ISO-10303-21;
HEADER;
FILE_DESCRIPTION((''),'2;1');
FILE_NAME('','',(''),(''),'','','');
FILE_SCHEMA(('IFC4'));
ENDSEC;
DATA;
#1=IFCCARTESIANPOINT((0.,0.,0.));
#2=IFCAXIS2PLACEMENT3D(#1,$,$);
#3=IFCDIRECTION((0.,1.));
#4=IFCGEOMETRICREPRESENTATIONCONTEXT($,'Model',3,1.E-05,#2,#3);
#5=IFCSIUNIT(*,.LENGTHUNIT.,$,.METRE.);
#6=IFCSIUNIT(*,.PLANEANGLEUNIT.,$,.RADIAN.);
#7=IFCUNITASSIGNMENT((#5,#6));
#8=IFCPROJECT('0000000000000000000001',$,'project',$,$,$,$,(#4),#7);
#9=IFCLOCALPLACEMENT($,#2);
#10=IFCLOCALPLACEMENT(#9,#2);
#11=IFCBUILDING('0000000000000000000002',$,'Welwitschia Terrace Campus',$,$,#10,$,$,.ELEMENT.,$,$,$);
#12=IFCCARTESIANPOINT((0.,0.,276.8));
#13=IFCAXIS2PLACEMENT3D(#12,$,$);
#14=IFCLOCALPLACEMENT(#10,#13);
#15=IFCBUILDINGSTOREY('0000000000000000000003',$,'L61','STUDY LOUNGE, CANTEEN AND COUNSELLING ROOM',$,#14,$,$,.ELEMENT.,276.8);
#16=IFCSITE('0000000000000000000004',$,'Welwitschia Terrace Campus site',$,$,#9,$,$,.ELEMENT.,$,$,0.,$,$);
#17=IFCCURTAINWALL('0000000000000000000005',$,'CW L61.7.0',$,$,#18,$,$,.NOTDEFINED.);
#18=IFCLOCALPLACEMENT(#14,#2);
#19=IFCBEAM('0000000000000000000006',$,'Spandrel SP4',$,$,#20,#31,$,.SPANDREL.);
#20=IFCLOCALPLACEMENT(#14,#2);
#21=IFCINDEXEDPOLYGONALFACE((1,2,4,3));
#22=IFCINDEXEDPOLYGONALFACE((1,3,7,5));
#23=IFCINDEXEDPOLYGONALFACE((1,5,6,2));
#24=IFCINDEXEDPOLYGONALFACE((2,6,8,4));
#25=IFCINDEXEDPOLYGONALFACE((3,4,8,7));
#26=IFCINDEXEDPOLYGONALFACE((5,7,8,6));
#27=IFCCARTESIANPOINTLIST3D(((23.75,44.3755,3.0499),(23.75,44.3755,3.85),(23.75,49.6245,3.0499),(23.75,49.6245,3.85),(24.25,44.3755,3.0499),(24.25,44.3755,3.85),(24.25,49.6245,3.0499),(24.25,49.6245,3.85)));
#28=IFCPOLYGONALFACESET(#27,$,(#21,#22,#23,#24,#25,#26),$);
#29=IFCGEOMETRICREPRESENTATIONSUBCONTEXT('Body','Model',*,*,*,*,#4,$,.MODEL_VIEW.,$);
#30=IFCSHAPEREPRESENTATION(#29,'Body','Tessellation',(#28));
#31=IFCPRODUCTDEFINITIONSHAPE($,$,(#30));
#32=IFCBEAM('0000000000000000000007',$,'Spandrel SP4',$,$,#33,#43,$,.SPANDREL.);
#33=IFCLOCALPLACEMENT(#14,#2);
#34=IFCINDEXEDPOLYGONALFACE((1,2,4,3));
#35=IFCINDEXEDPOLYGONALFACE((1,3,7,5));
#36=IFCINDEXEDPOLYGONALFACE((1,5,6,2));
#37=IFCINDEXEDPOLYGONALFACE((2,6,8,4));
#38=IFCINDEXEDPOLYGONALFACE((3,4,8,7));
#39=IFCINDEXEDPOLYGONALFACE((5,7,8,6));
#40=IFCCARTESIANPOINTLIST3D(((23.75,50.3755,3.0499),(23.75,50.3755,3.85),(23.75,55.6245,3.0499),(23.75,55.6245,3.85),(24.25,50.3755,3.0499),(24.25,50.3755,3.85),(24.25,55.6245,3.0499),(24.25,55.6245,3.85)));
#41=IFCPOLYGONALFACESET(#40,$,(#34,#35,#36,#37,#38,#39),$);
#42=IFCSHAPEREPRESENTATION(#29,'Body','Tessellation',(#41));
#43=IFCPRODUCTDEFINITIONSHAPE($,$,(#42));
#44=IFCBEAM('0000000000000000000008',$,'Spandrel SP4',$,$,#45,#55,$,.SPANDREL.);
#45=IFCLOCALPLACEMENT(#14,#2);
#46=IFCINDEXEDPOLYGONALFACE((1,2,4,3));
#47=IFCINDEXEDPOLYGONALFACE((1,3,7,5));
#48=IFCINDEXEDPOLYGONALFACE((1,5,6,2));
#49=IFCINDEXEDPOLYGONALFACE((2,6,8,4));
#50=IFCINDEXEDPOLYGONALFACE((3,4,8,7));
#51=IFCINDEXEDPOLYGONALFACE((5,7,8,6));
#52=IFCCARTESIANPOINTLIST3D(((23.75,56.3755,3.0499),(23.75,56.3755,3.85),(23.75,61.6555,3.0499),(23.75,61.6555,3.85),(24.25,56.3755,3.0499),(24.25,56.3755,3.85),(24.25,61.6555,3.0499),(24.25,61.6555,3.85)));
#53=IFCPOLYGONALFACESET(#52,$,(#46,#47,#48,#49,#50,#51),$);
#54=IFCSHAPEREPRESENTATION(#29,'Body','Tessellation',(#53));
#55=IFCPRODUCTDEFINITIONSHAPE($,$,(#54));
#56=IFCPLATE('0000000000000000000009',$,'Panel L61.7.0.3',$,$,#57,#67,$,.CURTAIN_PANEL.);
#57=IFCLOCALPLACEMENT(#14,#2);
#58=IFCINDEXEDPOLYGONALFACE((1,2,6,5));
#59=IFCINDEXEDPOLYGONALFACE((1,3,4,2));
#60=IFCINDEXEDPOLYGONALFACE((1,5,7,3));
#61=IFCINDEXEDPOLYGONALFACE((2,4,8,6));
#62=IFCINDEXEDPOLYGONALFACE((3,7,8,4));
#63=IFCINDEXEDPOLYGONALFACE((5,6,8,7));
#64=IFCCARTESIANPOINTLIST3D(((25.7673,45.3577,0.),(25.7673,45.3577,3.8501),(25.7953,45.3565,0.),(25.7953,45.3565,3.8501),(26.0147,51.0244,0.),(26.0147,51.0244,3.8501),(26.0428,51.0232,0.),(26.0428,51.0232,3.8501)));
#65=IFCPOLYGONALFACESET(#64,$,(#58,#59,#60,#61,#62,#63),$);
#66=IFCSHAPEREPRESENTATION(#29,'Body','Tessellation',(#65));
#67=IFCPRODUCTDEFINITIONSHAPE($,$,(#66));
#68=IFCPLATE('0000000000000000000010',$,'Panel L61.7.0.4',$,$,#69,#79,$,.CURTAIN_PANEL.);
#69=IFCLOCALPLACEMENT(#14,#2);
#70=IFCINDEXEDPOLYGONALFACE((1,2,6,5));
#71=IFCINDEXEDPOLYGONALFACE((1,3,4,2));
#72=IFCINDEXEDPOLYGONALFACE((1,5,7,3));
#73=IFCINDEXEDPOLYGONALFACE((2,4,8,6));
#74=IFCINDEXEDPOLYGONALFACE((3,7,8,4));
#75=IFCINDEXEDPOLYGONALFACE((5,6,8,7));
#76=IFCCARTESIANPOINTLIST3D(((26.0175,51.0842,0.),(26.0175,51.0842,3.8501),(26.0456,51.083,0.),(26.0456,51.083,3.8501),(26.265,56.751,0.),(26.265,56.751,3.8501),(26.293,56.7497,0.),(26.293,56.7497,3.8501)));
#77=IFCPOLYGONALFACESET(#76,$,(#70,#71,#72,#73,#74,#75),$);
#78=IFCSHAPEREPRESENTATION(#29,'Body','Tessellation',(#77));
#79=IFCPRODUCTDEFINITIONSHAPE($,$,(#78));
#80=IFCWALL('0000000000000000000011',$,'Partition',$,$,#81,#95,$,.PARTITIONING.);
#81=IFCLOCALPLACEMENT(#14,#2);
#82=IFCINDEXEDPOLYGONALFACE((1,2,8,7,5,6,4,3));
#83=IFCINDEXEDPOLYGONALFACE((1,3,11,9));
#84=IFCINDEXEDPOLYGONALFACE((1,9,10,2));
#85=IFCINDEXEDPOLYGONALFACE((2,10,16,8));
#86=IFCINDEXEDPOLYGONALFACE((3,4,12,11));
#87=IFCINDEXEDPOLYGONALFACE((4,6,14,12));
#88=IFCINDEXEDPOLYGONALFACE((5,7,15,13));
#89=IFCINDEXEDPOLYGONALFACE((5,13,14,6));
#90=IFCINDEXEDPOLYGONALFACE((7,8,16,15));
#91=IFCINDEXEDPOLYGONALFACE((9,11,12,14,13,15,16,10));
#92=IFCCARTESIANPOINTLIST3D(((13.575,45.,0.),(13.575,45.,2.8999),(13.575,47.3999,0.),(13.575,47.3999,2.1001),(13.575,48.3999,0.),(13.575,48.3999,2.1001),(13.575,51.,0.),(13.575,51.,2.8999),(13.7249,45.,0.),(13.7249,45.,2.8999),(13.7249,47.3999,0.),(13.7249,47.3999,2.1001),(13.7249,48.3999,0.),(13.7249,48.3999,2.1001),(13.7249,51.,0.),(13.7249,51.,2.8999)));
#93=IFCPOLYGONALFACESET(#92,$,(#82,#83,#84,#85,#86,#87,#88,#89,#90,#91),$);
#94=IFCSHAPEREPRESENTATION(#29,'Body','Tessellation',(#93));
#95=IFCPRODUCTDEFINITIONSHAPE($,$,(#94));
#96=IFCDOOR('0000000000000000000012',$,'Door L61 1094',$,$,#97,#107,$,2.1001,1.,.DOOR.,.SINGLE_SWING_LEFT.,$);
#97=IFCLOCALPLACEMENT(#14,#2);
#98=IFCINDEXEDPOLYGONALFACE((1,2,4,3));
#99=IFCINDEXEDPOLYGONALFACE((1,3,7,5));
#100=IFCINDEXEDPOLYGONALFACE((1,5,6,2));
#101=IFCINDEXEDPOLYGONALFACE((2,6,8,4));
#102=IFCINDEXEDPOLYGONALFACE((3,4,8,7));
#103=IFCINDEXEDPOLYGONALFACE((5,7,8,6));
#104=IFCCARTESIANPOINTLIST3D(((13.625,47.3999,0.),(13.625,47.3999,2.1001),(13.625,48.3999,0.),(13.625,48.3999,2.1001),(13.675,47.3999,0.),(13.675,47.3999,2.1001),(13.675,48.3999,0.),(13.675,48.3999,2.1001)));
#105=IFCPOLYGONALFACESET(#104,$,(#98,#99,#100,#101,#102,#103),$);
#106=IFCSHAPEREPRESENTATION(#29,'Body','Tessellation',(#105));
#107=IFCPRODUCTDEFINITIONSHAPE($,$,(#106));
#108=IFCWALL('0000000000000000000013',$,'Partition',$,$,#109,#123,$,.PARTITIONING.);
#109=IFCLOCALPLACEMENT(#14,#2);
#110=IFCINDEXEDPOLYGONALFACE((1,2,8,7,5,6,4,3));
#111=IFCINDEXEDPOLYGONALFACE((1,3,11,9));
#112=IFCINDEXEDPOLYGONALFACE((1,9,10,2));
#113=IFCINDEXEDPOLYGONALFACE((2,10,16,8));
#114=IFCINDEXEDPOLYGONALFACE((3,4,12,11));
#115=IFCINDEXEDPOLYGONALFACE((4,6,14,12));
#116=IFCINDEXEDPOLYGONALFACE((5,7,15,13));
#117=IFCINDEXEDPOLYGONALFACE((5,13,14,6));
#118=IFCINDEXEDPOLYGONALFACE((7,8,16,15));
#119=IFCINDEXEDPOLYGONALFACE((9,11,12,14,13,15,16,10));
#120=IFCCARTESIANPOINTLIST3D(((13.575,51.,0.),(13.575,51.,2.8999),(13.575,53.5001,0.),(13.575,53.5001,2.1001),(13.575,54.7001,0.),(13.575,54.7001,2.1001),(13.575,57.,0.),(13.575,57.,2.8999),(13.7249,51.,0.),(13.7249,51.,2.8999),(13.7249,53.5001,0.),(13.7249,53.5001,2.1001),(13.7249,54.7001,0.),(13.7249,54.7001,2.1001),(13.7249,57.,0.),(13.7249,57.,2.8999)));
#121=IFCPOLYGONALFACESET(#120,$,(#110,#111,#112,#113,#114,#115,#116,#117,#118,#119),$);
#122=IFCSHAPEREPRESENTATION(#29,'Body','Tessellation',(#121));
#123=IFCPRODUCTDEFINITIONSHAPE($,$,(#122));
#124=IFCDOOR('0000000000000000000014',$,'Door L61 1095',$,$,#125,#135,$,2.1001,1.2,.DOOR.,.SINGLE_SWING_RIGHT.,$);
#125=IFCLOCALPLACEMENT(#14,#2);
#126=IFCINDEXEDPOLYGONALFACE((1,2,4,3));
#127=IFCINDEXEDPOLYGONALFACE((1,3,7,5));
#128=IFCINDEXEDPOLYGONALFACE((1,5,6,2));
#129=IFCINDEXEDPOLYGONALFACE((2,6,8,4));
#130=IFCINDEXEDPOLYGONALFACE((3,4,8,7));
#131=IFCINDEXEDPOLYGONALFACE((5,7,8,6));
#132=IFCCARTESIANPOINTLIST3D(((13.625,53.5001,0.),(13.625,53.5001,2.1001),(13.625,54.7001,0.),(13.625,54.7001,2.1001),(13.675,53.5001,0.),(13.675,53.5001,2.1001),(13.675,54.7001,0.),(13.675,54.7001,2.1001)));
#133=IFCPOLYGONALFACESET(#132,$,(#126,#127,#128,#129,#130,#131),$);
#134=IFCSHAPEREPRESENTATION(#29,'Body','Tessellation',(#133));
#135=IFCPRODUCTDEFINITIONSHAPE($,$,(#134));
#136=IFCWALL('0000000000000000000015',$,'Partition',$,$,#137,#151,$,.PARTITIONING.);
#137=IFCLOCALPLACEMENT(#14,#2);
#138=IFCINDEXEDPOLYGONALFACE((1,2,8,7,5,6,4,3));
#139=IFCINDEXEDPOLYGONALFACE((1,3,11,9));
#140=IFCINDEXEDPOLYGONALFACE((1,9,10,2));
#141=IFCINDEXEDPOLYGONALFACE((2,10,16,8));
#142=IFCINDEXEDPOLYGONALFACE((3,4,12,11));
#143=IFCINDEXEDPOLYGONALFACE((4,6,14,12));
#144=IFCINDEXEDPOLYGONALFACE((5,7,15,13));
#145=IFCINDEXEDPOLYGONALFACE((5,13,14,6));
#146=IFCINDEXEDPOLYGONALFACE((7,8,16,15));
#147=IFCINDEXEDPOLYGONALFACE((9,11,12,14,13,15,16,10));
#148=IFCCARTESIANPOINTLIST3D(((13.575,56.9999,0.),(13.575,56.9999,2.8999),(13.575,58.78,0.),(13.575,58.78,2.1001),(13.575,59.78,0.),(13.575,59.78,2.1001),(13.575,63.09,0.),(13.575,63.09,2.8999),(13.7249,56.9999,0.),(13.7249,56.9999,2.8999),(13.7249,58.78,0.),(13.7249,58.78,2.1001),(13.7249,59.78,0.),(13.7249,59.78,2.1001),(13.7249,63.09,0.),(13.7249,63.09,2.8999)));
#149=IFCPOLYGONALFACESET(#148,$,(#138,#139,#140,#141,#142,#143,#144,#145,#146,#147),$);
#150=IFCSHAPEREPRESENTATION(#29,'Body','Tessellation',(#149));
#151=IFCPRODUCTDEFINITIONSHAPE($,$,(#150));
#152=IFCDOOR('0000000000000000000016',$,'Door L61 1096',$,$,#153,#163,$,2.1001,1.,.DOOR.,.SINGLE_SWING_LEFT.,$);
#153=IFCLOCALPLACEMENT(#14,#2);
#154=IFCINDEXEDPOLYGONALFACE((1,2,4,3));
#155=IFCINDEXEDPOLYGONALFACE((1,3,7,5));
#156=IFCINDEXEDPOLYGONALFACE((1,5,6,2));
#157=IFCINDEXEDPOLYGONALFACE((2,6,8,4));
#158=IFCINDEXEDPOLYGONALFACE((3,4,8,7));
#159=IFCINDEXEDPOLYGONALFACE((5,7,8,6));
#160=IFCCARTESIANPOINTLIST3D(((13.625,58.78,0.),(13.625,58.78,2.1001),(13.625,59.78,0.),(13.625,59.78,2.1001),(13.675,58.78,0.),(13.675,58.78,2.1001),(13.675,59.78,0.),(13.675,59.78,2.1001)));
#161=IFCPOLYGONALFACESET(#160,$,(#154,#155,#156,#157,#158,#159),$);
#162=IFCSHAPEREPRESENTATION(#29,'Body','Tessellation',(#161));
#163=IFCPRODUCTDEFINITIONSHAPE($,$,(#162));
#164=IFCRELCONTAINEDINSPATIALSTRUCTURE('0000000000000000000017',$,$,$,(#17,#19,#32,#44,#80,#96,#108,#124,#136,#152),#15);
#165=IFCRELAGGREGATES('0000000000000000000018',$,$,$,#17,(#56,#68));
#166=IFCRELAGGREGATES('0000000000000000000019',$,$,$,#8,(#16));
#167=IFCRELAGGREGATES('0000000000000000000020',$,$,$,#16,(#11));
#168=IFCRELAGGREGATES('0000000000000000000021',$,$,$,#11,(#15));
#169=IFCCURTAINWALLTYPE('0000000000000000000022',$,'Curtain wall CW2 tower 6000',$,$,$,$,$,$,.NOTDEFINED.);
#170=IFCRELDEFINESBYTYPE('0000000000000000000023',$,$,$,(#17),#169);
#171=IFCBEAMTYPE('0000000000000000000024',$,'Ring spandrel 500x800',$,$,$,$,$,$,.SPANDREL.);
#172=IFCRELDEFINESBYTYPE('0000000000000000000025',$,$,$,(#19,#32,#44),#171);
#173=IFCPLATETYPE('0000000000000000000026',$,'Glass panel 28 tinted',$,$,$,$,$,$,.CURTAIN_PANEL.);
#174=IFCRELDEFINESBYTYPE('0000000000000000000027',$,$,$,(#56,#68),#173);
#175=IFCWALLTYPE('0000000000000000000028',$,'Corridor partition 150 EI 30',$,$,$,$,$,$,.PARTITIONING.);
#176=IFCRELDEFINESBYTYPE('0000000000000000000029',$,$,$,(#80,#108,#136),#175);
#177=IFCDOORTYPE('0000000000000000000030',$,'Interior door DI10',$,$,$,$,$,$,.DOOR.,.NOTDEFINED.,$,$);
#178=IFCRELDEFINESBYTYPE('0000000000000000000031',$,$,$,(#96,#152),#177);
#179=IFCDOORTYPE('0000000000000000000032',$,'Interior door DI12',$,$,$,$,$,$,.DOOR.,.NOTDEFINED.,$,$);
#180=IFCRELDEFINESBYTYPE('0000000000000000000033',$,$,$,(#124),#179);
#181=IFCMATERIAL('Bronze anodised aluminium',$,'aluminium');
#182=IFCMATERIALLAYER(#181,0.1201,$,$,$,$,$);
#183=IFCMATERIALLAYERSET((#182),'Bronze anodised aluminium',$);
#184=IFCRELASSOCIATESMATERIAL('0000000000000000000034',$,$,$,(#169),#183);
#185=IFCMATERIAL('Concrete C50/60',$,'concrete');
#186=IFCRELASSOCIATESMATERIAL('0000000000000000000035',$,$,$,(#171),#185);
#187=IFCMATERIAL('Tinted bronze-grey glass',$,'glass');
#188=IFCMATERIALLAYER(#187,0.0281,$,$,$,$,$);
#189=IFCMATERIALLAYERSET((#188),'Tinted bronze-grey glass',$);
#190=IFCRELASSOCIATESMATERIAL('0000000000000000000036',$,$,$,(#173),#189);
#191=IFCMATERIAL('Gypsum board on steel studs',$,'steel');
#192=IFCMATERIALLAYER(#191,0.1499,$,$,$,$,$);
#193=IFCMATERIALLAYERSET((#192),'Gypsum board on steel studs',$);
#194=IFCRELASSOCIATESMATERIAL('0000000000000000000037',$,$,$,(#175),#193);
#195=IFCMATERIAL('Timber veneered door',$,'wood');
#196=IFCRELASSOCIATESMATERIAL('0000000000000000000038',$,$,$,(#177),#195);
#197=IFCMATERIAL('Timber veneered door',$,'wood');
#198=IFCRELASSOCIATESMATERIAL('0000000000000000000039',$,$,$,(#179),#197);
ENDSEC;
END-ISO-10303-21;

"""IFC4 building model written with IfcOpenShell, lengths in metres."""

from ifc_helpers import new_model, si_unit, direction, frame, frame_2d, origin, origin_2d, place, context, subcontext, project, spatial, rectangle, extrude, material, layer, layer_set, material_profile, profile_set, type_object, element, fill, aggregate, save


model = new_model("IFC4")

# Units and contexts
model_context = context("Model", 3, precision=1e-05, world=origin(), true_north=direction((0.0, 1.0)))
body_context = subcontext(model_context, "Body", "Model", "MODEL_VIEW")
ifc_project = project(units=[si_unit("LENGTHUNIT", "METRE"), si_unit("PLANEANGLEUNIT", "RADIAN")], contexts=[model_context])

# Site, building, storey
site_placement = place(None, origin())
site = spatial("IfcSite", under=ifc_project, at=site_placement, Name="Welwitschia Terrace Campus site", CompositionType="ELEMENT", RefElevation=0.0)
building_placement = place(site_placement, origin())
building = spatial("IfcBuilding", under=site, at=building_placement, Name="Welwitschia Terrace Campus", CompositionType="ELEMENT")
storey_placement = place(building_placement, frame((0.0, 0.0, 276.8)))
storey = spatial("IfcBuildingStorey", under=building, at=storey_placement, Name="L61", Description="STUDY LOUNGE, CANTEEN AND COUNSELLING ROOM", CompositionType="ELEMENT", Elevation=276.8)

# Curtain wall
ifc_material_1 = material(Name="Bronze anodised aluminium", Category="aluminium")
ifc_layer_1 = layer(ifc_material_1, 0.1201)
ifc_layer_set_1 = layer_set([ifc_layer_1], Name="Bronze anodised aluminium")
curtain_wall_type = type_object("IfcCurtainWallType", Name="Curtain wall CW2 tower 6000", PredefinedType="NOTDEFINED", material=ifc_layer_set_1)
curtain_wall_placement = place(storey_placement, origin())
curtain_wall = element("IfcCurtainWall", 1, at=curtain_wall_placement, inside=storey, type_object=curtain_wall_type, Name="CW L61.7.0", PredefinedType="NOTDEFINED")

# Beams
ifc_material_2 = material(Name="Concrete C50/60", Category="concrete")
ifc_material_profile_1 = material_profile(ifc_material_2, rectangle(XDim=0.5, YDim=0.8, at=origin_2d()))
ifc_profile_set_1 = profile_set([ifc_material_profile_1], Name="Concrete C50/60")
beam_type_1 = type_object("IfcBeamType", Name="Ring spandrel 500x800", PredefinedType="SPANDREL", material=ifc_profile_set_1)
for number, where, z_axis, x_axis, name in (
    (2, (24.0, 44.3755, 3.45), (0.0, 1.0, 0.0), (-1.0, 0.0, 0.0), "Spandrel SP4"),
    (3, (24.0, 50.3755, 3.45), (0.0, 1.0, 0.0), (-1.0, 0.0, 0.0), "Spandrel SP4"),
):
    element("IfcBeam", number, at=place(storey_placement, frame(where, z_axis=z_axis, x_axis=x_axis)), inside=storey, type_object=beam_type_1, Name=name, PredefinedType="SPANDREL", context=body_context, shape_type="SweptSolid", body=[
        extrude(rectangle(XDim=0.5, YDim=0.8, at=origin_2d()), origin(), (0.0, 0.0, 1.0), 5.249),
    ])
beam_1_placement = place(storey_placement, frame((24.0, 56.3755, 3.45), z_axis=(0.0, 1.0, 0.0), x_axis=(-1.0, 0.0, 0.0)))
element("IfcBeam", 4, at=beam_1_placement, inside=storey, type_object=beam_type_1, Name="Spandrel SP4", PredefinedType="SPANDREL", context=body_context, shape_type="SweptSolid", body=[
    extrude(rectangle(XDim=0.5, YDim=0.8, at=origin_2d()), origin(), (0.0, 0.0, 1.0), 5.28),
])

# Plates
ifc_material_3 = material(Name="Tinted bronze-grey glass", Category="glass")
ifc_layer_2 = layer(ifc_material_3, 0.0281)
ifc_layer_set_2 = layer_set([ifc_layer_2], Name="Tinted bronze-grey glass")
plate_type = type_object("IfcPlateType", Name="Glass panel 28 tinted", PredefinedType="CURTAIN_PANEL", material=ifc_layer_set_2)
plate_1_placement = place(storey_placement, frame((25.905, 48.1904, 0.0), z_axis=(0.0, 0.0, 1.0), x_axis=(0.043619, 0.999048, 0.0)))
plate_1 = element("IfcPlate", 5, at=plate_1_placement, type_object=plate_type, Name="Panel L61.7.0.3", PredefinedType="CURTAIN_PANEL", context=body_context, shape_type="SweptSolid", body=[
    extrude(rectangle(XDim=5.6721, YDim=0.0281, at=origin_2d()), origin(), (0.0, 0.0, 1.0), 3.8501),
])
plate_2_placement = place(storey_placement, frame((26.1553, 53.917, 0.0), z_axis=(0.0, 0.0, 1.0), x_axis=(0.043619, 0.999048, 0.0)))
plate_2 = element("IfcPlate", 6, at=plate_2_placement, type_object=plate_type, Name="Panel L61.7.0.4", PredefinedType="CURTAIN_PANEL", context=body_context, shape_type="SweptSolid", body=[
    extrude(rectangle(XDim=5.6721, YDim=0.0281, at=origin_2d()), origin(), (0.0, 0.0, 1.0), 3.8501),
])
aggregate(curtain_wall, [plate_1, plate_2])

# Walls, openings, doors
ifc_material_4 = material(Name="Gypsum board on steel studs", Category="steel")
ifc_layer_3 = layer(ifc_material_4, 0.1499)
ifc_layer_set_3 = layer_set([ifc_layer_3], Name="Gypsum board on steel studs")
wall_type = type_object("IfcWallType", Name="Corridor partition 150 EI 30", PredefinedType="PARTITIONING", material=ifc_layer_set_3)
wall_1_placement = place(storey_placement, frame((13.6499, 45.0, 0.0), z_axis=(0.0, 0.0, 1.0), x_axis=(0.0, 1.0, 0.0)))
wall_1 = element("IfcWall", 7, at=wall_1_placement, inside=storey, type_object=wall_type, Name="Partition", PredefinedType="PARTITIONING", context=body_context, shape_type="SweptSolid", body=[
    extrude(rectangle(XDim=6.0, YDim=0.1499, at=frame_2d((3.0, 0.0))), origin(), (0.0, 0.0, 1.0), 2.8999),
])
opening_1_placement = place(wall_1_placement, frame((2.3999, 0.0, 0.0)))
opening_1 = element("IfcOpeningElement", 8, at=opening_1_placement, cuts=wall_1, PredefinedType="OPENING", context=body_context, shape_type="SweptSolid", body=[
    extrude(rectangle(XDim=1.0, YDim=2.1001, at=frame_2d((0.5, 1.05))), frame((0.0, 0.085, 0.0), z_axis=(0.0, -1.0, 0.0), x_axis=(1.0, 0.0, 0.0)), (0.0, 0.0, 1.0), 0.1699),
])
ifc_material_5 = material(Name="Timber veneered door", Category="wood")
door_type_1 = type_object("IfcDoorType", Name="Interior door DI10", OperationType="NOTDEFINED", PredefinedType="DOOR", material=ifc_material_5)
door_1_placement = place(opening_1_placement, origin())
door_1 = element("IfcDoor", 9, at=door_1_placement, inside=storey, type_object=door_type_1, Name="Door L61 1094", OperationType="SINGLE_SWING_LEFT", OverallHeight=2.1001, OverallWidth=1.0, PredefinedType="DOOR", context=body_context, shape_type="SweptSolid", body=[
    extrude(rectangle(XDim=1.0, YDim=2.1001, at=frame_2d((0.5, 1.05))), frame((0.0, 0.0249, 0.0), z_axis=(0.0, -1.0, 0.0), x_axis=(1.0, 0.0, 0.0)), (0.0, 0.0, 1.0), 0.05),
])
fill(opening_1, door_1)
wall_2_placement = place(storey_placement, frame((13.6499, 51.0, 0.0), z_axis=(0.0, 0.0, 1.0), x_axis=(0.0, 1.0, 0.0)))
wall_2 = element("IfcWall", 10, at=wall_2_placement, inside=storey, type_object=wall_type, Name="Partition", PredefinedType="PARTITIONING", context=body_context, shape_type="SweptSolid", body=[
    extrude(rectangle(XDim=6.0, YDim=0.1499, at=frame_2d((3.0, 0.0))), origin(), (0.0, 0.0, 1.0), 2.8999),
])
opening_2_placement = place(wall_2_placement, frame((2.5, 0.0, 0.0)))
opening_2 = element("IfcOpeningElement", 11, at=opening_2_placement, cuts=wall_2, PredefinedType="OPENING", context=body_context, shape_type="SweptSolid", body=[
    extrude(rectangle(XDim=1.2, YDim=2.1001, at=frame_2d((0.6001, 1.05))), frame((0.0, 0.085, 0.0), z_axis=(0.0, -1.0, 0.0), x_axis=(1.0, 0.0, 0.0)), (0.0, 0.0, 1.0), 0.1699),
])
ifc_material_6 = material(Name="Timber veneered door", Category="wood")
door_type_2 = type_object("IfcDoorType", Name="Interior door DI12", OperationType="NOTDEFINED", PredefinedType="DOOR", material=ifc_material_6)
door_2_placement = place(opening_2_placement, origin())
door_2 = element("IfcDoor", 12, at=door_2_placement, inside=storey, type_object=door_type_2, Name="Door L61 1095", OperationType="SINGLE_SWING_RIGHT", OverallHeight=2.1001, OverallWidth=1.2, PredefinedType="DOOR", context=body_context, shape_type="SweptSolid", body=[
    extrude(rectangle(XDim=1.2, YDim=2.1001, at=frame_2d((0.6001, 1.05))), frame((0.0, 0.0249, 0.0), z_axis=(0.0, -1.0, 0.0), x_axis=(1.0, 0.0, 0.0)), (0.0, 0.0, 1.0), 0.05),
])
fill(opening_2, door_2)
wall_3_placement = place(storey_placement, frame((13.6499, 57.0, 0.0), z_axis=(0.0, 0.0, 1.0), x_axis=(0.0, 1.0, 0.0)))
wall_3 = element("IfcWall", 13, at=wall_3_placement, inside=storey, type_object=wall_type, Name="Partition", PredefinedType="PARTITIONING", context=body_context, shape_type="SweptSolid", body=[
    extrude(rectangle(XDim=6.0901, YDim=0.1499, at=frame_2d((3.0449, 0.0))), origin(), (0.0, 0.0, 1.0), 2.8999),
])
opening_3_placement = place(wall_3_placement, frame((1.78, 0.0, 0.0)))
opening_3 = element("IfcOpeningElement", 14, at=opening_3_placement, cuts=wall_3, PredefinedType="OPENING", context=body_context, shape_type="SweptSolid", body=[
    extrude(rectangle(XDim=1.0, YDim=2.1001, at=frame_2d((0.5, 1.05))), frame((0.0, 0.085, 0.0), z_axis=(0.0, -1.0, 0.0), x_axis=(1.0, 0.0, 0.0)), (0.0, 0.0, 1.0), 0.1699),
])
door_3_placement = place(opening_3_placement, origin())
door_3 = element("IfcDoor", 15, at=door_3_placement, inside=storey, type_object=door_type_1, Name="Door L61 1096", OperationType="SINGLE_SWING_LEFT", OverallHeight=2.1001, OverallWidth=1.0, PredefinedType="DOOR", context=body_context, shape_type="SweptSolid", body=[
    extrude(rectangle(XDim=1.0, YDim=2.1001, at=frame_2d((0.5, 1.05))), frame((0.0, 0.0249, 0.0), z_axis=(0.0, -1.0, 0.0), x_axis=(1.0, 0.0, 0.0)), (0.0, 0.0, 1.0), 0.05),
])
fill(opening_3, door_3)

save(model, "model.ifc")
